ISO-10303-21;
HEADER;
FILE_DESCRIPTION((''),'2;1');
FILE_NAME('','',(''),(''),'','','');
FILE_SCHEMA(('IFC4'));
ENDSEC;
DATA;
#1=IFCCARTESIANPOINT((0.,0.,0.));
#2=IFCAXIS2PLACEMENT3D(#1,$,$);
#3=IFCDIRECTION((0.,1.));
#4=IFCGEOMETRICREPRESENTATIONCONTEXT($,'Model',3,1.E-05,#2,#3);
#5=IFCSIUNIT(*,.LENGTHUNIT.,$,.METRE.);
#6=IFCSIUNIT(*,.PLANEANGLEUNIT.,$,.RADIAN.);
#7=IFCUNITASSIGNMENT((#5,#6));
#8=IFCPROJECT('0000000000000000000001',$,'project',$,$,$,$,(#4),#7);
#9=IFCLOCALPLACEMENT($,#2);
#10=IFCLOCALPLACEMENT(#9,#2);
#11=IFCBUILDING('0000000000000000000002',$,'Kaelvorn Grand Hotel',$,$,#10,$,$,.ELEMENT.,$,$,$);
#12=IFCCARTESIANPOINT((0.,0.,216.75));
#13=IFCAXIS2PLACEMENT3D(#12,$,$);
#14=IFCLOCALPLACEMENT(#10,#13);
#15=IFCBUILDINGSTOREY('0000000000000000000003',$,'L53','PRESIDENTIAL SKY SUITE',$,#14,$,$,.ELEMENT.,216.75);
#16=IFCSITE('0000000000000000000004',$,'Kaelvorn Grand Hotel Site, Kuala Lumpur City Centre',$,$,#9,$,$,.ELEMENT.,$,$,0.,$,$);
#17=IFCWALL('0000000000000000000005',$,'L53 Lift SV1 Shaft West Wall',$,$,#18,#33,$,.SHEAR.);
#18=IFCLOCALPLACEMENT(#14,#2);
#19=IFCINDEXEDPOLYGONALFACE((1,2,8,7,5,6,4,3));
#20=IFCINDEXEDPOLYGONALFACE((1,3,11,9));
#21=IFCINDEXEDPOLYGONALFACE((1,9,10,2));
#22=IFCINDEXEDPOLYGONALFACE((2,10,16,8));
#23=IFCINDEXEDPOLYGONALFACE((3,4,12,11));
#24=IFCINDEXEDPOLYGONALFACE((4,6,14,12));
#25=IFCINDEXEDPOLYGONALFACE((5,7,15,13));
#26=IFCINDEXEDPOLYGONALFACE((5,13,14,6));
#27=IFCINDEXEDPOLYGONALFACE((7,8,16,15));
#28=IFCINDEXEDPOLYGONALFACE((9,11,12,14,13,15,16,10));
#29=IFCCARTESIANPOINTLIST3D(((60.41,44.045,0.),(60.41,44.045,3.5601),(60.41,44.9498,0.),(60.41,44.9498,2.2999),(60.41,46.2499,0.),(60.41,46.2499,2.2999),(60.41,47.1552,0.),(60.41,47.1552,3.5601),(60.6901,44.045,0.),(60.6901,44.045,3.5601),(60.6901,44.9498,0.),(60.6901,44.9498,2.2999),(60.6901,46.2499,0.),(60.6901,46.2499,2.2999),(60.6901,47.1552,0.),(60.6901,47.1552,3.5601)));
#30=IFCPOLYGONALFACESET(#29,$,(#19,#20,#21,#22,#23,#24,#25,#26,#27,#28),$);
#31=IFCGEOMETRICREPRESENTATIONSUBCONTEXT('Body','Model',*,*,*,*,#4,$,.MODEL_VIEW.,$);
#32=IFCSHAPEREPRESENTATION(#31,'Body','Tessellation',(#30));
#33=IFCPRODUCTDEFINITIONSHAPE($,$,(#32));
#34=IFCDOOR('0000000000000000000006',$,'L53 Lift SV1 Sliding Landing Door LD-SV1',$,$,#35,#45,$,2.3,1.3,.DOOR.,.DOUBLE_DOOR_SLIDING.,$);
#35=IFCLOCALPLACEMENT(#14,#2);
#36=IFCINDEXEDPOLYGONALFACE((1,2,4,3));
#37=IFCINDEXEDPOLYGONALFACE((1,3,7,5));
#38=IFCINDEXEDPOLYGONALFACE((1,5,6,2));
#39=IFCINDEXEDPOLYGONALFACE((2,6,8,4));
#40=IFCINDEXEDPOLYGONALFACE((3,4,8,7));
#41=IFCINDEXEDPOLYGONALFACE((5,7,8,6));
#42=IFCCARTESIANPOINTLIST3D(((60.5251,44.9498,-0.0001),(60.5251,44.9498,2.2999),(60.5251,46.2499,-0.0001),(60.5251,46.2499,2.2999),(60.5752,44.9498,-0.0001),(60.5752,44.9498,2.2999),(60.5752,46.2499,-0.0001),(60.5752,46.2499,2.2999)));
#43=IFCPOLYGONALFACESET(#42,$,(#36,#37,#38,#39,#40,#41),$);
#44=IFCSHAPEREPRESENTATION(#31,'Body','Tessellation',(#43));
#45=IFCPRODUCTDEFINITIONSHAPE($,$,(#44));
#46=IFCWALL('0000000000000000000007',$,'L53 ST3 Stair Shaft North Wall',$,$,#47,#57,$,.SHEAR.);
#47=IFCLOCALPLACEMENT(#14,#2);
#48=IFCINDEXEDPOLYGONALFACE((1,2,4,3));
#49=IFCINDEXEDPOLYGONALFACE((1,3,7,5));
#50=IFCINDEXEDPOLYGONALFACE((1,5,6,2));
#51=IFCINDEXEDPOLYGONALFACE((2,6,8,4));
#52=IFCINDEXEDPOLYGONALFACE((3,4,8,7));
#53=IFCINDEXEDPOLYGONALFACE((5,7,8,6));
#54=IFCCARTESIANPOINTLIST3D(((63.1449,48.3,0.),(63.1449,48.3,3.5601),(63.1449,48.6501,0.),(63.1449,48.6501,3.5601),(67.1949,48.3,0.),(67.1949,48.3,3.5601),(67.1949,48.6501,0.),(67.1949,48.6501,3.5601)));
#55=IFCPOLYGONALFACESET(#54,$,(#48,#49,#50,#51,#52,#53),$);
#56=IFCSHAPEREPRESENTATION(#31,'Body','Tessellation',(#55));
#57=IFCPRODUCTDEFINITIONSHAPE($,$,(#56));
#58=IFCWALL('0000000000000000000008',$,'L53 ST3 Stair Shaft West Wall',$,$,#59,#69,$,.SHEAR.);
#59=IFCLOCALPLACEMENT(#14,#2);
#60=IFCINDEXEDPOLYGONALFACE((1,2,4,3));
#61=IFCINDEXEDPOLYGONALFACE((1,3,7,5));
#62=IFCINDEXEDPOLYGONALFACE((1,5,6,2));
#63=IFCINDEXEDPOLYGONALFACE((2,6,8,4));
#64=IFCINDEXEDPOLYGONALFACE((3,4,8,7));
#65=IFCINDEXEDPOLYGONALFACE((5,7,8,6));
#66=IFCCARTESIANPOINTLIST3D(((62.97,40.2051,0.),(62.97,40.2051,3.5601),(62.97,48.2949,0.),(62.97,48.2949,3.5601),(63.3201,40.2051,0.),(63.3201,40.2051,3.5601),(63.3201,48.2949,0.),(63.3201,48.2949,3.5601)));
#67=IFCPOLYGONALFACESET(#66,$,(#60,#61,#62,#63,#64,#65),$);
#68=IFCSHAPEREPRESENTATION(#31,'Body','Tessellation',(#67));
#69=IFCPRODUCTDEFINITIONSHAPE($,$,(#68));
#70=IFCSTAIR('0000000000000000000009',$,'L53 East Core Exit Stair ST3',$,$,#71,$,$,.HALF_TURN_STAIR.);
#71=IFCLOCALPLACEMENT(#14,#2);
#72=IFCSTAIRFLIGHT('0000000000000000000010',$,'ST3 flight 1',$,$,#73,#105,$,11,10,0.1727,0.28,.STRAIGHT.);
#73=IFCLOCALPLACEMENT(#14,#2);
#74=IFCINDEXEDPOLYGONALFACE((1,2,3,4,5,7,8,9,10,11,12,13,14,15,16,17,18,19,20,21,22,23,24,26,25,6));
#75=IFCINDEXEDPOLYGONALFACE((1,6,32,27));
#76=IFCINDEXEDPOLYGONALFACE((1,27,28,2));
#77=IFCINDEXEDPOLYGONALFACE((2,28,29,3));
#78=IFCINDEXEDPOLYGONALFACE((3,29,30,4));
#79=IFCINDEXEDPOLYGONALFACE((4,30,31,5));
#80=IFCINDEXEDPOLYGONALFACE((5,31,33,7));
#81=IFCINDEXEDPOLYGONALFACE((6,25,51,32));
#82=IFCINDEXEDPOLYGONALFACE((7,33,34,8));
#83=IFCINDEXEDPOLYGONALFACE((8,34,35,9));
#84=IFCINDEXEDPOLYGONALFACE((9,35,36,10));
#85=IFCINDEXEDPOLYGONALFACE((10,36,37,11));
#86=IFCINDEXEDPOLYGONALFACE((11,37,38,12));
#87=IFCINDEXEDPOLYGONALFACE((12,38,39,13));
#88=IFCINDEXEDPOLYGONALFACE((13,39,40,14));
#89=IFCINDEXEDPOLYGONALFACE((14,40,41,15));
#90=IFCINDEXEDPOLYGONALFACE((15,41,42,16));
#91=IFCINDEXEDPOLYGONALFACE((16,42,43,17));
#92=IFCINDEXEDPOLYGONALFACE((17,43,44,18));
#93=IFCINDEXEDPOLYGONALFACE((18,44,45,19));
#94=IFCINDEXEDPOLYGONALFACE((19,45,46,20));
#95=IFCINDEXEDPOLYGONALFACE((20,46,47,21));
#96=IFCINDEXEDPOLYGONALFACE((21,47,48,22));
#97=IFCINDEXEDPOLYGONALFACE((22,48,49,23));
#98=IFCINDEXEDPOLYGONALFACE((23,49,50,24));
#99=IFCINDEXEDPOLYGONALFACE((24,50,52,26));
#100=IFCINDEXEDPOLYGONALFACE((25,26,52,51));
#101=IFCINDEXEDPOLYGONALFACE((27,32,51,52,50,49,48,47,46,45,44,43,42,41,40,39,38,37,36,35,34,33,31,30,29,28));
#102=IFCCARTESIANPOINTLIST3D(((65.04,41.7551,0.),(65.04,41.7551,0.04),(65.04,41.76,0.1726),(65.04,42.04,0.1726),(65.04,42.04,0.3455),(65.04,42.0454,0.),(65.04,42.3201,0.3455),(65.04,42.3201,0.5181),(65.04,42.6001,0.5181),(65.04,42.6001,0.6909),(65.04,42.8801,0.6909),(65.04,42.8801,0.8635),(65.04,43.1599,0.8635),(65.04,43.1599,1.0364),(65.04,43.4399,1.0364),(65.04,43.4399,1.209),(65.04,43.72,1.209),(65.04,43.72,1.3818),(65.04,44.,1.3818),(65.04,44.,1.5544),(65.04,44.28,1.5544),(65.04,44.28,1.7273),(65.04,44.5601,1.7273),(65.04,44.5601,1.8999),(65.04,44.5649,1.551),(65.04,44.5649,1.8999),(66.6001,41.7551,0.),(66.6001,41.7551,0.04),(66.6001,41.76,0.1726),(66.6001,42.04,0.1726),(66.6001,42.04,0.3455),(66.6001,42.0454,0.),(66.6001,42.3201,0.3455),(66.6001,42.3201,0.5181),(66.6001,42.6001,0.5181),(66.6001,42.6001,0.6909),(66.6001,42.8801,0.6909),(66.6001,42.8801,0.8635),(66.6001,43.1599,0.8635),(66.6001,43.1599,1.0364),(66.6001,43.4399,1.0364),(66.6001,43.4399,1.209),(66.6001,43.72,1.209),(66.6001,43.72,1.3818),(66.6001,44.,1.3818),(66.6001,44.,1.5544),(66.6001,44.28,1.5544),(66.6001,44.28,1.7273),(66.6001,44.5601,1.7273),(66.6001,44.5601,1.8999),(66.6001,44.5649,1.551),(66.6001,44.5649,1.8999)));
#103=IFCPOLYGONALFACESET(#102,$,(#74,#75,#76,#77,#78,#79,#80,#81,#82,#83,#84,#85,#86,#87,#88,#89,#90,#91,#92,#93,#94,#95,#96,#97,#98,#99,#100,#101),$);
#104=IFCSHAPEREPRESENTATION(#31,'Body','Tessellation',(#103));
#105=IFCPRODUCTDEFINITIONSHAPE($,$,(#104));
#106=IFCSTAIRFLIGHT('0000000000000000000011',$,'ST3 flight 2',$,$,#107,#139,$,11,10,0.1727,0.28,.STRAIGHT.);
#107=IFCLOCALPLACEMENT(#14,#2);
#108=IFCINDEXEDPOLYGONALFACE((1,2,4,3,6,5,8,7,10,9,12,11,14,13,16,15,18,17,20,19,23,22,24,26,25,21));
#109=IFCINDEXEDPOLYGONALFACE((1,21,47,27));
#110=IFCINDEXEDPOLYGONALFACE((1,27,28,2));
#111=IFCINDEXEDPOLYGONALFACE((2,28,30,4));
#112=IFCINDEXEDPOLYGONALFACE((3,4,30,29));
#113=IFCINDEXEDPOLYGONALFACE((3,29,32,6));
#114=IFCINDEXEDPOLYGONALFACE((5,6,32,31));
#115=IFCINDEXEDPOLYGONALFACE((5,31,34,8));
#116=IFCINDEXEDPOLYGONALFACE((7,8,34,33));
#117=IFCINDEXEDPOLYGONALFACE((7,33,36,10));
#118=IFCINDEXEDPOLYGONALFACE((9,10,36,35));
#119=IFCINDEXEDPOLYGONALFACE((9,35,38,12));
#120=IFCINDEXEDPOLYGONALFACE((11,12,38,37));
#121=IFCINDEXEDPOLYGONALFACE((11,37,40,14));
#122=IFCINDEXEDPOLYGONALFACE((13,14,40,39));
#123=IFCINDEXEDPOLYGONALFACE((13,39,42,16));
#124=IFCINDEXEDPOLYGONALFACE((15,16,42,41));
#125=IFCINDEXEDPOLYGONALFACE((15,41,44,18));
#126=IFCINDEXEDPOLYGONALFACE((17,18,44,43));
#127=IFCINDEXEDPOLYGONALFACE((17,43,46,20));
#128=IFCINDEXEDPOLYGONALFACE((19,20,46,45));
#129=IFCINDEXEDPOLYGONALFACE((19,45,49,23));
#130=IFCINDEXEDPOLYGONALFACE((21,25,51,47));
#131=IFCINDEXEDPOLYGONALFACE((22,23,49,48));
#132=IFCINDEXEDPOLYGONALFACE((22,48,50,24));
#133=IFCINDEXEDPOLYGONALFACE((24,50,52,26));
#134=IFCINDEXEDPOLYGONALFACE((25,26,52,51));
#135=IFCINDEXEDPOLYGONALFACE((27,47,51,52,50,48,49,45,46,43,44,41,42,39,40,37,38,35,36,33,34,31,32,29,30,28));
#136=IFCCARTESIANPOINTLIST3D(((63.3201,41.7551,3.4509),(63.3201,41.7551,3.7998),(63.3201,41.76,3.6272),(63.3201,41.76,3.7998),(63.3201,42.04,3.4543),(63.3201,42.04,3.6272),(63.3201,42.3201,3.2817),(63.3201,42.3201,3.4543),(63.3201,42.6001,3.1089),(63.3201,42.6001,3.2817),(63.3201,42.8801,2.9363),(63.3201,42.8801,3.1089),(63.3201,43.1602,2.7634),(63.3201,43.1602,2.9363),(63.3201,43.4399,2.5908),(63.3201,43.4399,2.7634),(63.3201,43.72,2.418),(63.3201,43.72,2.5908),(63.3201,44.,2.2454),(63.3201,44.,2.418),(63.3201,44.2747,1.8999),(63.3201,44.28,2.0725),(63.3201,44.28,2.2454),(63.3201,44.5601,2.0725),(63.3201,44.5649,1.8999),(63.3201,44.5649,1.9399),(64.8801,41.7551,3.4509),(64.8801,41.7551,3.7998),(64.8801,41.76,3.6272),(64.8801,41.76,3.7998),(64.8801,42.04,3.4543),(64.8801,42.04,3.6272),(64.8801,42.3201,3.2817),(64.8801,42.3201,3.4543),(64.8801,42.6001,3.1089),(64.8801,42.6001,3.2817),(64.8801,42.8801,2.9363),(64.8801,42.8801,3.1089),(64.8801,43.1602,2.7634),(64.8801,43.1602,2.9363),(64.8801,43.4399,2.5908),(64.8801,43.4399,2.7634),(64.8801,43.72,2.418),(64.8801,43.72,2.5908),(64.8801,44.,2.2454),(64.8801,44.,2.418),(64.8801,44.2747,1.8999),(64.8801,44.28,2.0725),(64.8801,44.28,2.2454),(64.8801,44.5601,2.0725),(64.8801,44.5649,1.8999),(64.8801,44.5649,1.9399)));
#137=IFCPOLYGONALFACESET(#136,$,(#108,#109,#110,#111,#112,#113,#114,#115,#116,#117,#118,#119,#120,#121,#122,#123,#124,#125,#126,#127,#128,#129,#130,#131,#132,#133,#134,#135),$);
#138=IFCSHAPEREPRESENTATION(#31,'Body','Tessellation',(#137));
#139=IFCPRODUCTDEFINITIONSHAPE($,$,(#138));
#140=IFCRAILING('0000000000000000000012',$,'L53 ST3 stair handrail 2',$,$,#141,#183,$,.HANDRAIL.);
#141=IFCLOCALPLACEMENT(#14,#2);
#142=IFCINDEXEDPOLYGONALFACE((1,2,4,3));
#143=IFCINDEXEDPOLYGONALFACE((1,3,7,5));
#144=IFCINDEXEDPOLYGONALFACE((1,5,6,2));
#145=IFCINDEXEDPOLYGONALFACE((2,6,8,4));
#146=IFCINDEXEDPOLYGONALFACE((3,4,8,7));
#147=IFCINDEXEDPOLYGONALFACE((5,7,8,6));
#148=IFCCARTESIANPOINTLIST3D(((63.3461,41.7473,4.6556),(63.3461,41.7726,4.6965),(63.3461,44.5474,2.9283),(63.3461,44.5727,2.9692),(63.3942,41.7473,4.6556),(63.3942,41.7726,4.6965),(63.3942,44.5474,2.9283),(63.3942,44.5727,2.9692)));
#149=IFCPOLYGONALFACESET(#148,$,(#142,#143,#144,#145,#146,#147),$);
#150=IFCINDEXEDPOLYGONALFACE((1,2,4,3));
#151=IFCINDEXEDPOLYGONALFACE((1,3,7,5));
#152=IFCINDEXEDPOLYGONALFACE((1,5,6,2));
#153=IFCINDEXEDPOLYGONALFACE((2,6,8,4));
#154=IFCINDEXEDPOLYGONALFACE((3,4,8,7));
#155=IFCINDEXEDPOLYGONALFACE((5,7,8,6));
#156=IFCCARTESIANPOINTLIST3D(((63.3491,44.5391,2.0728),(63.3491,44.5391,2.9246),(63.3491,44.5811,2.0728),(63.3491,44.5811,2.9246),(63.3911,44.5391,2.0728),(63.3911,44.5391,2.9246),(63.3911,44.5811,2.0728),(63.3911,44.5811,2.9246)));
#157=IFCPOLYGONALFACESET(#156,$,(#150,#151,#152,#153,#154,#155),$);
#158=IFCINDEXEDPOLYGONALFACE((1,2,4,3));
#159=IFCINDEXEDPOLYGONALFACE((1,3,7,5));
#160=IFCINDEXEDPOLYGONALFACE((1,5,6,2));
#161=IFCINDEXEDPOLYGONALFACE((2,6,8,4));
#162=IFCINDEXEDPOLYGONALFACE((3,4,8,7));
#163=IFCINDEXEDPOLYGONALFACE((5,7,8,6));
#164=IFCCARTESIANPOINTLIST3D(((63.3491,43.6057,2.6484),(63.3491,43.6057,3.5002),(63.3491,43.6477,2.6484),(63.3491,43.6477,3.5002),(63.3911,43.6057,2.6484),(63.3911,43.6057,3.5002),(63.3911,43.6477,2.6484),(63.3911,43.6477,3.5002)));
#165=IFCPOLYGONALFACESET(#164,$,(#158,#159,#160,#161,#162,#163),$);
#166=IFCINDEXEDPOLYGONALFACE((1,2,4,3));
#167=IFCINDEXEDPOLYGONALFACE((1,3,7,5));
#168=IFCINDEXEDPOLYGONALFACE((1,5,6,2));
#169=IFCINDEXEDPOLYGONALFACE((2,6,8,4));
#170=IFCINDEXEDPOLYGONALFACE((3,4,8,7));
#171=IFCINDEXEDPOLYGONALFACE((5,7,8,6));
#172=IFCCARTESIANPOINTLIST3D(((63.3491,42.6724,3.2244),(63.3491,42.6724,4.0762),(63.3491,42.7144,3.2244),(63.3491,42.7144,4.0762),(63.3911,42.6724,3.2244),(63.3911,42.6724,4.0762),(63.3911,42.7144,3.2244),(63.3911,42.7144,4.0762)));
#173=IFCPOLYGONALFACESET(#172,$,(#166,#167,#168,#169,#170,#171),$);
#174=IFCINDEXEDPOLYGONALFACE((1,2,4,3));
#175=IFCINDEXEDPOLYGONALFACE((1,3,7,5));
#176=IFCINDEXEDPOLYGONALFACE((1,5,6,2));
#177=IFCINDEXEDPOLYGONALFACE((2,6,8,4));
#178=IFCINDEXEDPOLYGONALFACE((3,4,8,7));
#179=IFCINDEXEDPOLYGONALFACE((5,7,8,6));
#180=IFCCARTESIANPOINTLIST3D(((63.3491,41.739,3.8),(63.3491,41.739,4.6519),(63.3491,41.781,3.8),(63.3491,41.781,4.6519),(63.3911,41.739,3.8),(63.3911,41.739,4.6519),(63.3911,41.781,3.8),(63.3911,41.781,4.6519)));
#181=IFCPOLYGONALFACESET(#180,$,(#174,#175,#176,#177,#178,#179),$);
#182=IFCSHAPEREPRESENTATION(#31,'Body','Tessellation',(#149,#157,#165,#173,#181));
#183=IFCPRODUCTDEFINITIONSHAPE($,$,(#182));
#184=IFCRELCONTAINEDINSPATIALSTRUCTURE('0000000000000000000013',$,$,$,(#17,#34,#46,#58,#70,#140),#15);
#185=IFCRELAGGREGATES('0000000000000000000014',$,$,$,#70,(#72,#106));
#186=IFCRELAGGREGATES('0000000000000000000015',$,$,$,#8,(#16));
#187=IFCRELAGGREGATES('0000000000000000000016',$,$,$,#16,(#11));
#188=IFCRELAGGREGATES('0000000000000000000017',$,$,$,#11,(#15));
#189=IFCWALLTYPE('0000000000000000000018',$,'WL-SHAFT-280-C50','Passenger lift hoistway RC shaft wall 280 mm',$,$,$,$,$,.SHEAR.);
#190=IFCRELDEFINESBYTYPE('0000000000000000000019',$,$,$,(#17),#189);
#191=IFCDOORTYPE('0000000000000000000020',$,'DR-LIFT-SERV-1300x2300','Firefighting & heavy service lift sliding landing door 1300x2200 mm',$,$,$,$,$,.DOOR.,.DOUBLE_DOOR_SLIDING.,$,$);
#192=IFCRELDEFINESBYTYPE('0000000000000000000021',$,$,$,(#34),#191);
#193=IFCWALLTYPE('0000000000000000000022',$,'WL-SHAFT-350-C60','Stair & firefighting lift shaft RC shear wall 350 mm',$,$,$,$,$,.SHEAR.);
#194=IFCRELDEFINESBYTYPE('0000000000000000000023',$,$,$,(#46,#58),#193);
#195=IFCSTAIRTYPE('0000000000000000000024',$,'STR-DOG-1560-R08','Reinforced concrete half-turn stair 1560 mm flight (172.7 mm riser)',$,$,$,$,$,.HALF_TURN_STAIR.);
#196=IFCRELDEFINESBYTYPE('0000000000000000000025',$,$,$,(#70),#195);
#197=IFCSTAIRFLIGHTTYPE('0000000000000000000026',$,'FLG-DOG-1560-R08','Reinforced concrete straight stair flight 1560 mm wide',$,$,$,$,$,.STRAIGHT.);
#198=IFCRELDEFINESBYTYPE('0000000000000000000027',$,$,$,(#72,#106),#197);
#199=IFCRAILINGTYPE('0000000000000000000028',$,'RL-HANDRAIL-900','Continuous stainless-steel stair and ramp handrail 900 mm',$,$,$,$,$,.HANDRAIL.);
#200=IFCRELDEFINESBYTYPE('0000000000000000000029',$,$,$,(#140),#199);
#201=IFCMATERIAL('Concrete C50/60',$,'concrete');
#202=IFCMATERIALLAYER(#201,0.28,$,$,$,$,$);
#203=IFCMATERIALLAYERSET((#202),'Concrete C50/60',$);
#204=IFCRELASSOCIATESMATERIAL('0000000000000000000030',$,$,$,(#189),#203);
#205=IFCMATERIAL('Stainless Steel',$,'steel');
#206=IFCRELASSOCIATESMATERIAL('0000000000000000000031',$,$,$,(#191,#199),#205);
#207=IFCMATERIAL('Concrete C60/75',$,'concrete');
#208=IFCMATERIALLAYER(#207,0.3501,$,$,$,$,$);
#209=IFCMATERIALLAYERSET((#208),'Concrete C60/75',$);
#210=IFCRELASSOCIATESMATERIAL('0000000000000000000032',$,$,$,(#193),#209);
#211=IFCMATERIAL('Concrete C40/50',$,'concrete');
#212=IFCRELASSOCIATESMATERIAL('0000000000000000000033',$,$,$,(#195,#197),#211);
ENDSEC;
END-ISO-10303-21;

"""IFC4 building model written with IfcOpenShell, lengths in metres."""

from ifc_helpers import new_model, si_unit, direction, frame, frame_2d, origin, origin_2d, place, context, subcontext, project, spatial, polyline, rectangle, outline, extrude, material, layer, layer_set, type_object, element, fill, aggregate, save


model = new_model("IFC4")

# Units and contexts
model_context = context("Model", 3, precision=1e-05, world=origin(), true_north=direction((0.0, 1.0)))
body_context = subcontext(model_context, "Body", "Model", "MODEL_VIEW")
ifc_project = project(units=[si_unit("LENGTHUNIT", "METRE"), si_unit("PLANEANGLEUNIT", "RADIAN")], contexts=[model_context])

# Site, building, storey
site_placement = place(None, origin())
site = spatial("IfcSite", under=ifc_project, at=site_placement, Name="Kaelvorn Grand Hotel Site, Kuala Lumpur City Centre", CompositionType="ELEMENT", RefElevation=0.0)
building_placement = place(site_placement, origin())
building = spatial("IfcBuilding", under=site, at=building_placement, Name="Kaelvorn Grand Hotel", CompositionType="ELEMENT")
storey_placement = place(building_placement, frame((0.0, 0.0, 216.75)))
storey = spatial("IfcBuildingStorey", under=building, at=storey_placement, Name="L53", Description="PRESIDENTIAL SKY SUITE", CompositionType="ELEMENT", Elevation=216.75)

# Shared definitions
ifc_material_1 = material(Name="Concrete C60/75", Category="concrete")

# Shared definitions
ifc_material_2 = material(Name="Concrete C50/60", Category="concrete")

# Shared definitions
ifc_material_3 = material(Name="Concrete C40/50", Category="concrete")

# Shared definitions
ifc_layer_1 = layer(ifc_material_2, 0.28)
ifc_layer_set_1 = layer_set([ifc_layer_1], Name="Concrete C50/60")
wall_type_1 = type_object("IfcWallType", Name="WL-SHAFT-280-C50", Description="Passenger lift hoistway RC shaft wall 280 mm", PredefinedType="SHEAR", material=ifc_layer_set_1)

# Shared definitions
ifc_material_4 = material(Name="Stainless Steel", Category="steel")
door_type_1 = type_object("IfcDoorType", Name="DR-LIFT-SERV-1300x2300", Description="Firefighting & heavy service lift sliding landing door 1300x2200 mm", OperationType="DOUBLE_DOOR_SLIDING", PredefinedType="DOOR", material=ifc_material_4)

# Wall, opening, door
wall_1_placement = place(storey_placement, frame((60.55, 44.0449, 0.0), z_axis=(0.0, 0.0, 1.0), x_axis=(0.0, 1.0, 0.0)))
wall_1 = element("IfcWall", 1, at=wall_1_placement, inside=storey, type_object=wall_type_1, Name="L53 Lift SV1 Shaft West Wall", PredefinedType="SHEAR", context=body_context, shape_type="SweptSolid", body=[
    extrude(rectangle(XDim=3.1101, YDim=0.28, at=frame_2d((1.5552, 0.0))), origin(), (0.0, 0.0, 1.0), 3.5601),
])
opening_1_placement = place(wall_1_placement, frame((0.905, 0.0, 0.0)))
opening_1 = element("IfcOpeningElement", 2, at=opening_1_placement, cuts=wall_1, PredefinedType="OPENING", context=body_context, shape_type="SweptSolid", body=[
    extrude(rectangle(XDim=1.3, YDim=2.3, at=frame_2d((0.6499, 1.1499))), frame((0.0, 0.1499, 0.0), z_axis=(0.0, -1.0, 0.0), x_axis=(1.0, 0.0, 0.0)), (0.0, 0.0, 1.0), 0.3),
])
door_1_placement = place(opening_1_placement, origin())
door_1 = element("IfcDoor", 3, at=door_1_placement, inside=storey, type_object=door_type_1, Name="L53 Lift SV1 Sliding Landing Door LD-SV1", OperationType="DOUBLE_DOOR_SLIDING", OverallHeight=2.3, OverallWidth=1.3, PredefinedType="DOOR", context=body_context, shape_type="SweptSolid", body=[
    extrude(rectangle(XDim=1.3, YDim=2.3, at=frame_2d((0.6499, 1.1499))), frame((0.0, 0.0249, 0.0), z_axis=(0.0, -1.0, 0.0), x_axis=(1.0, 0.0, 0.0)), (0.0, 0.0, 1.0), 0.05),
])
fill(opening_1, door_1)
ifc_layer_2 = layer(ifc_material_1, 0.3501)
ifc_layer_set_2 = layer_set([ifc_layer_2], Name="Concrete C60/75")
wall_type_2 = type_object("IfcWallType", Name="WL-SHAFT-350-C60", Description="Stair & firefighting lift shaft RC shear wall 350 mm", PredefinedType="SHEAR", material=ifc_layer_set_2)

# Walls
wall_2_placement = place(storey_placement, frame((63.145, 48.4751, 0.0), z_axis=(0.0, 0.0, 1.0), x_axis=(1.0, 0.0, 0.0)))
element("IfcWall", 4, at=wall_2_placement, inside=storey, type_object=wall_type_2, Name="L53 ST3 Stair Shaft North Wall", PredefinedType="SHEAR", context=body_context, shape_type="SweptSolid", body=[
    extrude(rectangle(XDim=4.05, YDim=0.3501, at=frame_2d((2.0249, 0.0))), origin(), (0.0, 0.0, 1.0), 3.5601),
])
wall_3_placement = place(storey_placement, frame((63.145, 40.2051, 0.0), z_axis=(0.0, 0.0, 1.0), x_axis=(0.0, 1.0, 0.0)))
element("IfcWall", 5, at=wall_3_placement, inside=storey, type_object=wall_type_2, Name="L53 ST3 Stair Shaft West Wall", PredefinedType="SHEAR", context=body_context, shape_type="SweptSolid", body=[
    extrude(rectangle(XDim=8.0898, YDim=0.3501, at=frame_2d((4.0449, 0.0))), origin(), (0.0, 0.0, 1.0), 3.5601),
])

# Stair, stair flights
stair_type = type_object("IfcStairType", Name="STR-DOG-1560-R08", Description="Reinforced concrete half-turn stair 1560 mm flight (172.7 mm riser)", PredefinedType="HALF_TURN_STAIR", material=ifc_material_3)
stair_placement = place(storey_placement, origin())
stair = element("IfcStair", 6, at=stair_placement, inside=storey, type_object=stair_type, Name="L53 East Core Exit Stair ST3", PredefinedType="HALF_TURN_STAIR")
stair_flight_type = type_object("IfcStairFlightType", Name="FLG-DOG-1560-R08", Description="Reinforced concrete straight stair flight 1560 mm wide", PredefinedType="STRAIGHT", material=ifc_material_3)
stair_flight_1_placement = place(storey_placement, frame((65.8201, 41.76, 0.0), z_axis=(0.0, 0.0, 1.0), x_axis=(0.0, 1.0, 0.0)))
stair_flight_1 = element("IfcStairFlight", 7, at=stair_flight_1_placement, type_object=stair_flight_type, Name="ST3 flight 1", NumberOfRisers=11, NumberOfTreads=10, PredefinedType="STRAIGHT", RiserHeight=0.1727, TreadLength=0.28, context=body_context, shape_type="SweptSolid", body=[
    extrude(outline(polyline([(-0.0049, 0.0), (-0.0049, 0.04), (0.0, 0.1726), (0.28, 0.1726), (0.28, 0.3455), (0.5601, 0.3455), (0.5601, 0.5181), (0.8401, 0.5181), (0.8401, 0.6909), (1.1201, 0.6909), (1.1201, 0.8635), (1.3999, 0.8635), (1.3999, 1.0364), (1.6799, 1.0364), (1.6799, 1.209), (1.96, 1.209), (1.96, 1.3818), (2.24, 1.3818), (2.24, 1.5544), (2.52, 1.5544), (2.52, 1.7273), (2.8, 1.7273), (2.8, 1.8999), (2.8049, 1.8999), (2.8049, 1.551), (0.2854, 0.0), (-0.0049, 0.0)])), frame((0.0, 0.78, 0.0), z_axis=(0.0, -1.0, 0.0), x_axis=(1.0, 0.0, 0.0)), (0.0, 0.0, 1.0), 1.5601),
])
stair_flight_2_placement = place(storey_placement, frame((64.1001, 44.5601, 1.8999), z_axis=(0.0, 0.0, 1.0), x_axis=(0.0, -1.0, 0.0)))
stair_flight_2 = element("IfcStairFlight", 8, at=stair_flight_2_placement, type_object=stair_flight_type, Name="ST3 flight 2", NumberOfRisers=11, NumberOfTreads=10, PredefinedType="STRAIGHT", RiserHeight=0.1727, TreadLength=0.28, context=body_context, shape_type="SweptSolid", body=[
    extrude(outline(polyline([(-0.0049, 0.0), (-0.0049, 0.04), (0.0, 0.1726), (0.28, 0.1726), (0.28, 0.3455), (0.5601, 0.3455), (0.5601, 0.5181), (0.8401, 0.5181), (0.8401, 0.6909), (1.1201, 0.6909), (1.1201, 0.8635), (1.3999, 0.8635), (1.3999, 1.0364), (1.6799, 1.0364), (1.6799, 1.209), (1.96, 1.209), (1.96, 1.3818), (2.24, 1.3818), (2.24, 1.5544), (2.52, 1.5544), (2.52, 1.7273), (2.8, 1.7273), (2.8, 1.8999), (2.8049, 1.8999), (2.8049, 1.551), (0.2854, 0.0), (-0.0049, 0.0)])), frame((0.0, 0.78, 0.0), z_axis=(0.0, -1.0, 0.0), x_axis=(1.0, 0.0, 0.0)), (0.0, 0.0, 1.0), 1.5601),
])
aggregate(stair, [stair_flight_1, stair_flight_2])

# Railing
railing_type_1 = type_object("IfcRailingType", Name="RL-HANDRAIL-900", Description="Continuous stainless-steel stair and ramp handrail 900 mm", PredefinedType="HANDRAIL", material=ifc_material_4)
railing_1_placement = place(storey_placement, frame((63.3701, 44.5601, 2.0728)))
element("IfcRailing", 9, at=railing_1_placement, inside=storey, type_object=railing_type_1, Name="L53 ST3 stair handrail 2", PredefinedType="HANDRAIL", context=body_context, shape_type="SweptSolid", body=[
    extrude(rectangle(XDim=0.0481, YDim=0.0481, at=origin_2d()), frame((0.0, 0.0, 0.876), z_axis=(0.0, -0.85109, 0.52502), x_axis=(1.0, 0.0, 0.0)), (0.0, 0.0, 1.0), 3.29),
    extrude(rectangle(XDim=0.042, YDim=0.042, at=origin_2d()), origin(), (0.0, 0.0, 1.0), 0.8518),
    extrude(rectangle(XDim=0.042, YDim=0.042, at=origin_2d()), frame((0.0, -0.9333, 0.5757)), (0.0, 0.0, 1.0), 0.8518),
    extrude(rectangle(XDim=0.042, YDim=0.042, at=origin_2d()), frame((0.0, -1.8667, 1.1516)), (0.0, 0.0, 1.0), 0.8518),
    extrude(rectangle(XDim=0.042, YDim=0.042, at=origin_2d()), frame((0.0, -2.8, 1.7273)), (0.0, 0.0, 1.0), 0.8518),
])

save(model, "model.ifc")
